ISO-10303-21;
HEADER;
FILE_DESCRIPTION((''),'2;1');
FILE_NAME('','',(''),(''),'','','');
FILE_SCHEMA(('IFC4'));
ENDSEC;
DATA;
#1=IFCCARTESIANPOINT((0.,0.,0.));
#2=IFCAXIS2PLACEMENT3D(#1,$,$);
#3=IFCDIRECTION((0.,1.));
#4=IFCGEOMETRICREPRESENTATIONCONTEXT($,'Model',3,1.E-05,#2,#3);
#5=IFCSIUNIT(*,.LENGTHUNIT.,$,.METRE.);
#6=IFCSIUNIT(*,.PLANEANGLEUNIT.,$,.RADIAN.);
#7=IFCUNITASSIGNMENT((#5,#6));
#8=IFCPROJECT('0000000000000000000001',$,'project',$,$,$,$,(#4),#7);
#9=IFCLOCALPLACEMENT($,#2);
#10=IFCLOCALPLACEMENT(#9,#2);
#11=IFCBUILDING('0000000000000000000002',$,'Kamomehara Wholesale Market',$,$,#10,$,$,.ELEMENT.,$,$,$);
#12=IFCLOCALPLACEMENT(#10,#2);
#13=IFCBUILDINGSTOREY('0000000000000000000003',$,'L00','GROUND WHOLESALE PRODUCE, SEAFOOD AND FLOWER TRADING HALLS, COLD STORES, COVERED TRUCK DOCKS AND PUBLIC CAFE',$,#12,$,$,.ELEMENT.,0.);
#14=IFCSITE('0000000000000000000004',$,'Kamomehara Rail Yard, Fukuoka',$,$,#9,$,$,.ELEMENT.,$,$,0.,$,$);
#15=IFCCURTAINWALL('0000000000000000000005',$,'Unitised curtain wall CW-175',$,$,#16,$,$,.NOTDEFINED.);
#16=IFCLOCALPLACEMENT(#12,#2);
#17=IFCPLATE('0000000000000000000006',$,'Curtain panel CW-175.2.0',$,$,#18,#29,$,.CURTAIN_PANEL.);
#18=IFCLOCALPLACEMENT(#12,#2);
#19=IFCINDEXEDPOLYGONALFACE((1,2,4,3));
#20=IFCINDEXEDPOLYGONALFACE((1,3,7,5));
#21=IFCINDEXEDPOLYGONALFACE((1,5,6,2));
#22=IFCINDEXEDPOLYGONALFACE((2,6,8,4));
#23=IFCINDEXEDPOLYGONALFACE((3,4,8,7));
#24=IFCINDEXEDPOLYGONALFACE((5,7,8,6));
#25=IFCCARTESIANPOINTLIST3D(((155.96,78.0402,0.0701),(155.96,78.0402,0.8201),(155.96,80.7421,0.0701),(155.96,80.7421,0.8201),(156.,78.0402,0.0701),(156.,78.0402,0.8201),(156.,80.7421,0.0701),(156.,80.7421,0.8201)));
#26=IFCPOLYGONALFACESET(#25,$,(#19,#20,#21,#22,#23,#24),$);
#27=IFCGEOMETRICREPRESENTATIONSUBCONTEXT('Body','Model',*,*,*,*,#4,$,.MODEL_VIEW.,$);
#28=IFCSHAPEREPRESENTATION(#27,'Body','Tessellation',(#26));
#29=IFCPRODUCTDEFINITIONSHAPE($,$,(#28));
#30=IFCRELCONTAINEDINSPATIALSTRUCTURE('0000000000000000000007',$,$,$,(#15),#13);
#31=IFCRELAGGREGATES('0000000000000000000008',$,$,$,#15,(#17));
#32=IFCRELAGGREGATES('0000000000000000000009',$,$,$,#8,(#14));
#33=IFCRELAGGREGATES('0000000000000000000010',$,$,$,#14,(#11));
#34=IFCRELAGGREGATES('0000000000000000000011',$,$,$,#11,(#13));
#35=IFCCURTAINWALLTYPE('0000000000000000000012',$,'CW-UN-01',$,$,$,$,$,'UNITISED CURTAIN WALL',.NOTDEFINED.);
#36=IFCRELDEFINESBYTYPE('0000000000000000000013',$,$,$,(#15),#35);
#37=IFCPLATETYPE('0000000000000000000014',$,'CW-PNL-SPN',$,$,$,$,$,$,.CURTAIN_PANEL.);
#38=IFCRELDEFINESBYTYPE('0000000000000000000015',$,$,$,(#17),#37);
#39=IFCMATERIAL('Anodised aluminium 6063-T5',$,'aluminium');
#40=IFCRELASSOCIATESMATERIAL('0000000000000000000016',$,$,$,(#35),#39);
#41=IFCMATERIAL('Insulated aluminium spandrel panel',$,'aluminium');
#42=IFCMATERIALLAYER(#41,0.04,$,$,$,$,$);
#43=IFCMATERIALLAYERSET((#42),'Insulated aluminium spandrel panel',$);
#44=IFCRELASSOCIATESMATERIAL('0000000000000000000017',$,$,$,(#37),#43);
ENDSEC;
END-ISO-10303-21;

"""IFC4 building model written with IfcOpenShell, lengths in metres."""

from ifc_helpers import new_model, si_unit, direction, frame, origin, origin_2d, place, context, subcontext, project, spatial, rectangle, extrude, material, layer, layer_set, type_object, element, aggregate, save


model = new_model("IFC4")

# Units and contexts
model_context = context("Model", 3, precision=1e-05, world=origin(), true_north=direction((0.0, 1.0)))
body_context = subcontext(model_context, "Body", "Model", "MODEL_VIEW")
ifc_project = project(units=[si_unit("LENGTHUNIT", "METRE"), si_unit("PLANEANGLEUNIT", "RADIAN")], contexts=[model_context])

# Site, building, storey
site_placement = place(None, origin())
site = spatial("IfcSite", under=ifc_project, at=site_placement, Name="Kamomehara Rail Yard, Fukuoka", CompositionType="ELEMENT", RefElevation=0.0)
building_placement = place(site_placement, origin())
building = spatial("IfcBuilding", under=site, at=building_placement, Name="Kamomehara Wholesale Market", CompositionType="ELEMENT")
storey_placement = place(building_placement, origin())
storey = spatial("IfcBuildingStorey", under=building, at=storey_placement, Name="L00", Description="GROUND WHOLESALE PRODUCE, SEAFOOD AND FLOWER TRADING HALLS, COLD STORES, COVERED TRUCK DOCKS AND PUBLIC CAFE", CompositionType="ELEMENT", Elevation=0.0)

# Shared definitions
ifc_material_1 = material(Name="Anodised aluminium 6063-T5", Category="aluminium")
curtain_wall_type = type_object("IfcCurtainWallType", Name="CW-UN-01", ElementType="UNITISED CURTAIN WALL", PredefinedType="NOTDEFINED", material=ifc_material_1)

# Curtain wall
curtain_wall_1_placement = place(storey_placement, origin())
curtain_wall_1 = element("IfcCurtainWall", 1, at=curtain_wall_1_placement, inside=storey, type_object=curtain_wall_type, Name="Unitised curtain wall CW-175", PredefinedType="NOTDEFINED")

# Plate
ifc_material_2 = material(Name="Insulated aluminium spandrel panel", Category="aluminium")
ifc_layer_1 = layer(ifc_material_2, 0.04)
ifc_layer_set_1 = layer_set([ifc_layer_1], Name="Insulated aluminium spandrel panel")
plate_type_1 = type_object("IfcPlateType", Name="CW-PNL-SPN", PredefinedType="CURTAIN_PANEL", material=ifc_layer_set_1)
plate_1_placement = place(storey_placement, frame((155.98, 79.3911, 0.0701), z_axis=(0.0, 0.0, 1.0), x_axis=(0.0, 1.0, 0.0)))
plate_1 = element("IfcPlate", 2, at=plate_1_placement, type_object=plate_type_1, Name="Curtain panel CW-175.2.0", PredefinedType="CURTAIN_PANEL", context=body_context, shape_type="SweptSolid", body=[
    extrude(rectangle(XDim=2.7019, YDim=0.04, at=origin_2d()), origin(), (0.0, 0.0, 1.0), 0.75),
])
aggregate(curtain_wall_1, [plate_1])

save(model, "model.ifc")
